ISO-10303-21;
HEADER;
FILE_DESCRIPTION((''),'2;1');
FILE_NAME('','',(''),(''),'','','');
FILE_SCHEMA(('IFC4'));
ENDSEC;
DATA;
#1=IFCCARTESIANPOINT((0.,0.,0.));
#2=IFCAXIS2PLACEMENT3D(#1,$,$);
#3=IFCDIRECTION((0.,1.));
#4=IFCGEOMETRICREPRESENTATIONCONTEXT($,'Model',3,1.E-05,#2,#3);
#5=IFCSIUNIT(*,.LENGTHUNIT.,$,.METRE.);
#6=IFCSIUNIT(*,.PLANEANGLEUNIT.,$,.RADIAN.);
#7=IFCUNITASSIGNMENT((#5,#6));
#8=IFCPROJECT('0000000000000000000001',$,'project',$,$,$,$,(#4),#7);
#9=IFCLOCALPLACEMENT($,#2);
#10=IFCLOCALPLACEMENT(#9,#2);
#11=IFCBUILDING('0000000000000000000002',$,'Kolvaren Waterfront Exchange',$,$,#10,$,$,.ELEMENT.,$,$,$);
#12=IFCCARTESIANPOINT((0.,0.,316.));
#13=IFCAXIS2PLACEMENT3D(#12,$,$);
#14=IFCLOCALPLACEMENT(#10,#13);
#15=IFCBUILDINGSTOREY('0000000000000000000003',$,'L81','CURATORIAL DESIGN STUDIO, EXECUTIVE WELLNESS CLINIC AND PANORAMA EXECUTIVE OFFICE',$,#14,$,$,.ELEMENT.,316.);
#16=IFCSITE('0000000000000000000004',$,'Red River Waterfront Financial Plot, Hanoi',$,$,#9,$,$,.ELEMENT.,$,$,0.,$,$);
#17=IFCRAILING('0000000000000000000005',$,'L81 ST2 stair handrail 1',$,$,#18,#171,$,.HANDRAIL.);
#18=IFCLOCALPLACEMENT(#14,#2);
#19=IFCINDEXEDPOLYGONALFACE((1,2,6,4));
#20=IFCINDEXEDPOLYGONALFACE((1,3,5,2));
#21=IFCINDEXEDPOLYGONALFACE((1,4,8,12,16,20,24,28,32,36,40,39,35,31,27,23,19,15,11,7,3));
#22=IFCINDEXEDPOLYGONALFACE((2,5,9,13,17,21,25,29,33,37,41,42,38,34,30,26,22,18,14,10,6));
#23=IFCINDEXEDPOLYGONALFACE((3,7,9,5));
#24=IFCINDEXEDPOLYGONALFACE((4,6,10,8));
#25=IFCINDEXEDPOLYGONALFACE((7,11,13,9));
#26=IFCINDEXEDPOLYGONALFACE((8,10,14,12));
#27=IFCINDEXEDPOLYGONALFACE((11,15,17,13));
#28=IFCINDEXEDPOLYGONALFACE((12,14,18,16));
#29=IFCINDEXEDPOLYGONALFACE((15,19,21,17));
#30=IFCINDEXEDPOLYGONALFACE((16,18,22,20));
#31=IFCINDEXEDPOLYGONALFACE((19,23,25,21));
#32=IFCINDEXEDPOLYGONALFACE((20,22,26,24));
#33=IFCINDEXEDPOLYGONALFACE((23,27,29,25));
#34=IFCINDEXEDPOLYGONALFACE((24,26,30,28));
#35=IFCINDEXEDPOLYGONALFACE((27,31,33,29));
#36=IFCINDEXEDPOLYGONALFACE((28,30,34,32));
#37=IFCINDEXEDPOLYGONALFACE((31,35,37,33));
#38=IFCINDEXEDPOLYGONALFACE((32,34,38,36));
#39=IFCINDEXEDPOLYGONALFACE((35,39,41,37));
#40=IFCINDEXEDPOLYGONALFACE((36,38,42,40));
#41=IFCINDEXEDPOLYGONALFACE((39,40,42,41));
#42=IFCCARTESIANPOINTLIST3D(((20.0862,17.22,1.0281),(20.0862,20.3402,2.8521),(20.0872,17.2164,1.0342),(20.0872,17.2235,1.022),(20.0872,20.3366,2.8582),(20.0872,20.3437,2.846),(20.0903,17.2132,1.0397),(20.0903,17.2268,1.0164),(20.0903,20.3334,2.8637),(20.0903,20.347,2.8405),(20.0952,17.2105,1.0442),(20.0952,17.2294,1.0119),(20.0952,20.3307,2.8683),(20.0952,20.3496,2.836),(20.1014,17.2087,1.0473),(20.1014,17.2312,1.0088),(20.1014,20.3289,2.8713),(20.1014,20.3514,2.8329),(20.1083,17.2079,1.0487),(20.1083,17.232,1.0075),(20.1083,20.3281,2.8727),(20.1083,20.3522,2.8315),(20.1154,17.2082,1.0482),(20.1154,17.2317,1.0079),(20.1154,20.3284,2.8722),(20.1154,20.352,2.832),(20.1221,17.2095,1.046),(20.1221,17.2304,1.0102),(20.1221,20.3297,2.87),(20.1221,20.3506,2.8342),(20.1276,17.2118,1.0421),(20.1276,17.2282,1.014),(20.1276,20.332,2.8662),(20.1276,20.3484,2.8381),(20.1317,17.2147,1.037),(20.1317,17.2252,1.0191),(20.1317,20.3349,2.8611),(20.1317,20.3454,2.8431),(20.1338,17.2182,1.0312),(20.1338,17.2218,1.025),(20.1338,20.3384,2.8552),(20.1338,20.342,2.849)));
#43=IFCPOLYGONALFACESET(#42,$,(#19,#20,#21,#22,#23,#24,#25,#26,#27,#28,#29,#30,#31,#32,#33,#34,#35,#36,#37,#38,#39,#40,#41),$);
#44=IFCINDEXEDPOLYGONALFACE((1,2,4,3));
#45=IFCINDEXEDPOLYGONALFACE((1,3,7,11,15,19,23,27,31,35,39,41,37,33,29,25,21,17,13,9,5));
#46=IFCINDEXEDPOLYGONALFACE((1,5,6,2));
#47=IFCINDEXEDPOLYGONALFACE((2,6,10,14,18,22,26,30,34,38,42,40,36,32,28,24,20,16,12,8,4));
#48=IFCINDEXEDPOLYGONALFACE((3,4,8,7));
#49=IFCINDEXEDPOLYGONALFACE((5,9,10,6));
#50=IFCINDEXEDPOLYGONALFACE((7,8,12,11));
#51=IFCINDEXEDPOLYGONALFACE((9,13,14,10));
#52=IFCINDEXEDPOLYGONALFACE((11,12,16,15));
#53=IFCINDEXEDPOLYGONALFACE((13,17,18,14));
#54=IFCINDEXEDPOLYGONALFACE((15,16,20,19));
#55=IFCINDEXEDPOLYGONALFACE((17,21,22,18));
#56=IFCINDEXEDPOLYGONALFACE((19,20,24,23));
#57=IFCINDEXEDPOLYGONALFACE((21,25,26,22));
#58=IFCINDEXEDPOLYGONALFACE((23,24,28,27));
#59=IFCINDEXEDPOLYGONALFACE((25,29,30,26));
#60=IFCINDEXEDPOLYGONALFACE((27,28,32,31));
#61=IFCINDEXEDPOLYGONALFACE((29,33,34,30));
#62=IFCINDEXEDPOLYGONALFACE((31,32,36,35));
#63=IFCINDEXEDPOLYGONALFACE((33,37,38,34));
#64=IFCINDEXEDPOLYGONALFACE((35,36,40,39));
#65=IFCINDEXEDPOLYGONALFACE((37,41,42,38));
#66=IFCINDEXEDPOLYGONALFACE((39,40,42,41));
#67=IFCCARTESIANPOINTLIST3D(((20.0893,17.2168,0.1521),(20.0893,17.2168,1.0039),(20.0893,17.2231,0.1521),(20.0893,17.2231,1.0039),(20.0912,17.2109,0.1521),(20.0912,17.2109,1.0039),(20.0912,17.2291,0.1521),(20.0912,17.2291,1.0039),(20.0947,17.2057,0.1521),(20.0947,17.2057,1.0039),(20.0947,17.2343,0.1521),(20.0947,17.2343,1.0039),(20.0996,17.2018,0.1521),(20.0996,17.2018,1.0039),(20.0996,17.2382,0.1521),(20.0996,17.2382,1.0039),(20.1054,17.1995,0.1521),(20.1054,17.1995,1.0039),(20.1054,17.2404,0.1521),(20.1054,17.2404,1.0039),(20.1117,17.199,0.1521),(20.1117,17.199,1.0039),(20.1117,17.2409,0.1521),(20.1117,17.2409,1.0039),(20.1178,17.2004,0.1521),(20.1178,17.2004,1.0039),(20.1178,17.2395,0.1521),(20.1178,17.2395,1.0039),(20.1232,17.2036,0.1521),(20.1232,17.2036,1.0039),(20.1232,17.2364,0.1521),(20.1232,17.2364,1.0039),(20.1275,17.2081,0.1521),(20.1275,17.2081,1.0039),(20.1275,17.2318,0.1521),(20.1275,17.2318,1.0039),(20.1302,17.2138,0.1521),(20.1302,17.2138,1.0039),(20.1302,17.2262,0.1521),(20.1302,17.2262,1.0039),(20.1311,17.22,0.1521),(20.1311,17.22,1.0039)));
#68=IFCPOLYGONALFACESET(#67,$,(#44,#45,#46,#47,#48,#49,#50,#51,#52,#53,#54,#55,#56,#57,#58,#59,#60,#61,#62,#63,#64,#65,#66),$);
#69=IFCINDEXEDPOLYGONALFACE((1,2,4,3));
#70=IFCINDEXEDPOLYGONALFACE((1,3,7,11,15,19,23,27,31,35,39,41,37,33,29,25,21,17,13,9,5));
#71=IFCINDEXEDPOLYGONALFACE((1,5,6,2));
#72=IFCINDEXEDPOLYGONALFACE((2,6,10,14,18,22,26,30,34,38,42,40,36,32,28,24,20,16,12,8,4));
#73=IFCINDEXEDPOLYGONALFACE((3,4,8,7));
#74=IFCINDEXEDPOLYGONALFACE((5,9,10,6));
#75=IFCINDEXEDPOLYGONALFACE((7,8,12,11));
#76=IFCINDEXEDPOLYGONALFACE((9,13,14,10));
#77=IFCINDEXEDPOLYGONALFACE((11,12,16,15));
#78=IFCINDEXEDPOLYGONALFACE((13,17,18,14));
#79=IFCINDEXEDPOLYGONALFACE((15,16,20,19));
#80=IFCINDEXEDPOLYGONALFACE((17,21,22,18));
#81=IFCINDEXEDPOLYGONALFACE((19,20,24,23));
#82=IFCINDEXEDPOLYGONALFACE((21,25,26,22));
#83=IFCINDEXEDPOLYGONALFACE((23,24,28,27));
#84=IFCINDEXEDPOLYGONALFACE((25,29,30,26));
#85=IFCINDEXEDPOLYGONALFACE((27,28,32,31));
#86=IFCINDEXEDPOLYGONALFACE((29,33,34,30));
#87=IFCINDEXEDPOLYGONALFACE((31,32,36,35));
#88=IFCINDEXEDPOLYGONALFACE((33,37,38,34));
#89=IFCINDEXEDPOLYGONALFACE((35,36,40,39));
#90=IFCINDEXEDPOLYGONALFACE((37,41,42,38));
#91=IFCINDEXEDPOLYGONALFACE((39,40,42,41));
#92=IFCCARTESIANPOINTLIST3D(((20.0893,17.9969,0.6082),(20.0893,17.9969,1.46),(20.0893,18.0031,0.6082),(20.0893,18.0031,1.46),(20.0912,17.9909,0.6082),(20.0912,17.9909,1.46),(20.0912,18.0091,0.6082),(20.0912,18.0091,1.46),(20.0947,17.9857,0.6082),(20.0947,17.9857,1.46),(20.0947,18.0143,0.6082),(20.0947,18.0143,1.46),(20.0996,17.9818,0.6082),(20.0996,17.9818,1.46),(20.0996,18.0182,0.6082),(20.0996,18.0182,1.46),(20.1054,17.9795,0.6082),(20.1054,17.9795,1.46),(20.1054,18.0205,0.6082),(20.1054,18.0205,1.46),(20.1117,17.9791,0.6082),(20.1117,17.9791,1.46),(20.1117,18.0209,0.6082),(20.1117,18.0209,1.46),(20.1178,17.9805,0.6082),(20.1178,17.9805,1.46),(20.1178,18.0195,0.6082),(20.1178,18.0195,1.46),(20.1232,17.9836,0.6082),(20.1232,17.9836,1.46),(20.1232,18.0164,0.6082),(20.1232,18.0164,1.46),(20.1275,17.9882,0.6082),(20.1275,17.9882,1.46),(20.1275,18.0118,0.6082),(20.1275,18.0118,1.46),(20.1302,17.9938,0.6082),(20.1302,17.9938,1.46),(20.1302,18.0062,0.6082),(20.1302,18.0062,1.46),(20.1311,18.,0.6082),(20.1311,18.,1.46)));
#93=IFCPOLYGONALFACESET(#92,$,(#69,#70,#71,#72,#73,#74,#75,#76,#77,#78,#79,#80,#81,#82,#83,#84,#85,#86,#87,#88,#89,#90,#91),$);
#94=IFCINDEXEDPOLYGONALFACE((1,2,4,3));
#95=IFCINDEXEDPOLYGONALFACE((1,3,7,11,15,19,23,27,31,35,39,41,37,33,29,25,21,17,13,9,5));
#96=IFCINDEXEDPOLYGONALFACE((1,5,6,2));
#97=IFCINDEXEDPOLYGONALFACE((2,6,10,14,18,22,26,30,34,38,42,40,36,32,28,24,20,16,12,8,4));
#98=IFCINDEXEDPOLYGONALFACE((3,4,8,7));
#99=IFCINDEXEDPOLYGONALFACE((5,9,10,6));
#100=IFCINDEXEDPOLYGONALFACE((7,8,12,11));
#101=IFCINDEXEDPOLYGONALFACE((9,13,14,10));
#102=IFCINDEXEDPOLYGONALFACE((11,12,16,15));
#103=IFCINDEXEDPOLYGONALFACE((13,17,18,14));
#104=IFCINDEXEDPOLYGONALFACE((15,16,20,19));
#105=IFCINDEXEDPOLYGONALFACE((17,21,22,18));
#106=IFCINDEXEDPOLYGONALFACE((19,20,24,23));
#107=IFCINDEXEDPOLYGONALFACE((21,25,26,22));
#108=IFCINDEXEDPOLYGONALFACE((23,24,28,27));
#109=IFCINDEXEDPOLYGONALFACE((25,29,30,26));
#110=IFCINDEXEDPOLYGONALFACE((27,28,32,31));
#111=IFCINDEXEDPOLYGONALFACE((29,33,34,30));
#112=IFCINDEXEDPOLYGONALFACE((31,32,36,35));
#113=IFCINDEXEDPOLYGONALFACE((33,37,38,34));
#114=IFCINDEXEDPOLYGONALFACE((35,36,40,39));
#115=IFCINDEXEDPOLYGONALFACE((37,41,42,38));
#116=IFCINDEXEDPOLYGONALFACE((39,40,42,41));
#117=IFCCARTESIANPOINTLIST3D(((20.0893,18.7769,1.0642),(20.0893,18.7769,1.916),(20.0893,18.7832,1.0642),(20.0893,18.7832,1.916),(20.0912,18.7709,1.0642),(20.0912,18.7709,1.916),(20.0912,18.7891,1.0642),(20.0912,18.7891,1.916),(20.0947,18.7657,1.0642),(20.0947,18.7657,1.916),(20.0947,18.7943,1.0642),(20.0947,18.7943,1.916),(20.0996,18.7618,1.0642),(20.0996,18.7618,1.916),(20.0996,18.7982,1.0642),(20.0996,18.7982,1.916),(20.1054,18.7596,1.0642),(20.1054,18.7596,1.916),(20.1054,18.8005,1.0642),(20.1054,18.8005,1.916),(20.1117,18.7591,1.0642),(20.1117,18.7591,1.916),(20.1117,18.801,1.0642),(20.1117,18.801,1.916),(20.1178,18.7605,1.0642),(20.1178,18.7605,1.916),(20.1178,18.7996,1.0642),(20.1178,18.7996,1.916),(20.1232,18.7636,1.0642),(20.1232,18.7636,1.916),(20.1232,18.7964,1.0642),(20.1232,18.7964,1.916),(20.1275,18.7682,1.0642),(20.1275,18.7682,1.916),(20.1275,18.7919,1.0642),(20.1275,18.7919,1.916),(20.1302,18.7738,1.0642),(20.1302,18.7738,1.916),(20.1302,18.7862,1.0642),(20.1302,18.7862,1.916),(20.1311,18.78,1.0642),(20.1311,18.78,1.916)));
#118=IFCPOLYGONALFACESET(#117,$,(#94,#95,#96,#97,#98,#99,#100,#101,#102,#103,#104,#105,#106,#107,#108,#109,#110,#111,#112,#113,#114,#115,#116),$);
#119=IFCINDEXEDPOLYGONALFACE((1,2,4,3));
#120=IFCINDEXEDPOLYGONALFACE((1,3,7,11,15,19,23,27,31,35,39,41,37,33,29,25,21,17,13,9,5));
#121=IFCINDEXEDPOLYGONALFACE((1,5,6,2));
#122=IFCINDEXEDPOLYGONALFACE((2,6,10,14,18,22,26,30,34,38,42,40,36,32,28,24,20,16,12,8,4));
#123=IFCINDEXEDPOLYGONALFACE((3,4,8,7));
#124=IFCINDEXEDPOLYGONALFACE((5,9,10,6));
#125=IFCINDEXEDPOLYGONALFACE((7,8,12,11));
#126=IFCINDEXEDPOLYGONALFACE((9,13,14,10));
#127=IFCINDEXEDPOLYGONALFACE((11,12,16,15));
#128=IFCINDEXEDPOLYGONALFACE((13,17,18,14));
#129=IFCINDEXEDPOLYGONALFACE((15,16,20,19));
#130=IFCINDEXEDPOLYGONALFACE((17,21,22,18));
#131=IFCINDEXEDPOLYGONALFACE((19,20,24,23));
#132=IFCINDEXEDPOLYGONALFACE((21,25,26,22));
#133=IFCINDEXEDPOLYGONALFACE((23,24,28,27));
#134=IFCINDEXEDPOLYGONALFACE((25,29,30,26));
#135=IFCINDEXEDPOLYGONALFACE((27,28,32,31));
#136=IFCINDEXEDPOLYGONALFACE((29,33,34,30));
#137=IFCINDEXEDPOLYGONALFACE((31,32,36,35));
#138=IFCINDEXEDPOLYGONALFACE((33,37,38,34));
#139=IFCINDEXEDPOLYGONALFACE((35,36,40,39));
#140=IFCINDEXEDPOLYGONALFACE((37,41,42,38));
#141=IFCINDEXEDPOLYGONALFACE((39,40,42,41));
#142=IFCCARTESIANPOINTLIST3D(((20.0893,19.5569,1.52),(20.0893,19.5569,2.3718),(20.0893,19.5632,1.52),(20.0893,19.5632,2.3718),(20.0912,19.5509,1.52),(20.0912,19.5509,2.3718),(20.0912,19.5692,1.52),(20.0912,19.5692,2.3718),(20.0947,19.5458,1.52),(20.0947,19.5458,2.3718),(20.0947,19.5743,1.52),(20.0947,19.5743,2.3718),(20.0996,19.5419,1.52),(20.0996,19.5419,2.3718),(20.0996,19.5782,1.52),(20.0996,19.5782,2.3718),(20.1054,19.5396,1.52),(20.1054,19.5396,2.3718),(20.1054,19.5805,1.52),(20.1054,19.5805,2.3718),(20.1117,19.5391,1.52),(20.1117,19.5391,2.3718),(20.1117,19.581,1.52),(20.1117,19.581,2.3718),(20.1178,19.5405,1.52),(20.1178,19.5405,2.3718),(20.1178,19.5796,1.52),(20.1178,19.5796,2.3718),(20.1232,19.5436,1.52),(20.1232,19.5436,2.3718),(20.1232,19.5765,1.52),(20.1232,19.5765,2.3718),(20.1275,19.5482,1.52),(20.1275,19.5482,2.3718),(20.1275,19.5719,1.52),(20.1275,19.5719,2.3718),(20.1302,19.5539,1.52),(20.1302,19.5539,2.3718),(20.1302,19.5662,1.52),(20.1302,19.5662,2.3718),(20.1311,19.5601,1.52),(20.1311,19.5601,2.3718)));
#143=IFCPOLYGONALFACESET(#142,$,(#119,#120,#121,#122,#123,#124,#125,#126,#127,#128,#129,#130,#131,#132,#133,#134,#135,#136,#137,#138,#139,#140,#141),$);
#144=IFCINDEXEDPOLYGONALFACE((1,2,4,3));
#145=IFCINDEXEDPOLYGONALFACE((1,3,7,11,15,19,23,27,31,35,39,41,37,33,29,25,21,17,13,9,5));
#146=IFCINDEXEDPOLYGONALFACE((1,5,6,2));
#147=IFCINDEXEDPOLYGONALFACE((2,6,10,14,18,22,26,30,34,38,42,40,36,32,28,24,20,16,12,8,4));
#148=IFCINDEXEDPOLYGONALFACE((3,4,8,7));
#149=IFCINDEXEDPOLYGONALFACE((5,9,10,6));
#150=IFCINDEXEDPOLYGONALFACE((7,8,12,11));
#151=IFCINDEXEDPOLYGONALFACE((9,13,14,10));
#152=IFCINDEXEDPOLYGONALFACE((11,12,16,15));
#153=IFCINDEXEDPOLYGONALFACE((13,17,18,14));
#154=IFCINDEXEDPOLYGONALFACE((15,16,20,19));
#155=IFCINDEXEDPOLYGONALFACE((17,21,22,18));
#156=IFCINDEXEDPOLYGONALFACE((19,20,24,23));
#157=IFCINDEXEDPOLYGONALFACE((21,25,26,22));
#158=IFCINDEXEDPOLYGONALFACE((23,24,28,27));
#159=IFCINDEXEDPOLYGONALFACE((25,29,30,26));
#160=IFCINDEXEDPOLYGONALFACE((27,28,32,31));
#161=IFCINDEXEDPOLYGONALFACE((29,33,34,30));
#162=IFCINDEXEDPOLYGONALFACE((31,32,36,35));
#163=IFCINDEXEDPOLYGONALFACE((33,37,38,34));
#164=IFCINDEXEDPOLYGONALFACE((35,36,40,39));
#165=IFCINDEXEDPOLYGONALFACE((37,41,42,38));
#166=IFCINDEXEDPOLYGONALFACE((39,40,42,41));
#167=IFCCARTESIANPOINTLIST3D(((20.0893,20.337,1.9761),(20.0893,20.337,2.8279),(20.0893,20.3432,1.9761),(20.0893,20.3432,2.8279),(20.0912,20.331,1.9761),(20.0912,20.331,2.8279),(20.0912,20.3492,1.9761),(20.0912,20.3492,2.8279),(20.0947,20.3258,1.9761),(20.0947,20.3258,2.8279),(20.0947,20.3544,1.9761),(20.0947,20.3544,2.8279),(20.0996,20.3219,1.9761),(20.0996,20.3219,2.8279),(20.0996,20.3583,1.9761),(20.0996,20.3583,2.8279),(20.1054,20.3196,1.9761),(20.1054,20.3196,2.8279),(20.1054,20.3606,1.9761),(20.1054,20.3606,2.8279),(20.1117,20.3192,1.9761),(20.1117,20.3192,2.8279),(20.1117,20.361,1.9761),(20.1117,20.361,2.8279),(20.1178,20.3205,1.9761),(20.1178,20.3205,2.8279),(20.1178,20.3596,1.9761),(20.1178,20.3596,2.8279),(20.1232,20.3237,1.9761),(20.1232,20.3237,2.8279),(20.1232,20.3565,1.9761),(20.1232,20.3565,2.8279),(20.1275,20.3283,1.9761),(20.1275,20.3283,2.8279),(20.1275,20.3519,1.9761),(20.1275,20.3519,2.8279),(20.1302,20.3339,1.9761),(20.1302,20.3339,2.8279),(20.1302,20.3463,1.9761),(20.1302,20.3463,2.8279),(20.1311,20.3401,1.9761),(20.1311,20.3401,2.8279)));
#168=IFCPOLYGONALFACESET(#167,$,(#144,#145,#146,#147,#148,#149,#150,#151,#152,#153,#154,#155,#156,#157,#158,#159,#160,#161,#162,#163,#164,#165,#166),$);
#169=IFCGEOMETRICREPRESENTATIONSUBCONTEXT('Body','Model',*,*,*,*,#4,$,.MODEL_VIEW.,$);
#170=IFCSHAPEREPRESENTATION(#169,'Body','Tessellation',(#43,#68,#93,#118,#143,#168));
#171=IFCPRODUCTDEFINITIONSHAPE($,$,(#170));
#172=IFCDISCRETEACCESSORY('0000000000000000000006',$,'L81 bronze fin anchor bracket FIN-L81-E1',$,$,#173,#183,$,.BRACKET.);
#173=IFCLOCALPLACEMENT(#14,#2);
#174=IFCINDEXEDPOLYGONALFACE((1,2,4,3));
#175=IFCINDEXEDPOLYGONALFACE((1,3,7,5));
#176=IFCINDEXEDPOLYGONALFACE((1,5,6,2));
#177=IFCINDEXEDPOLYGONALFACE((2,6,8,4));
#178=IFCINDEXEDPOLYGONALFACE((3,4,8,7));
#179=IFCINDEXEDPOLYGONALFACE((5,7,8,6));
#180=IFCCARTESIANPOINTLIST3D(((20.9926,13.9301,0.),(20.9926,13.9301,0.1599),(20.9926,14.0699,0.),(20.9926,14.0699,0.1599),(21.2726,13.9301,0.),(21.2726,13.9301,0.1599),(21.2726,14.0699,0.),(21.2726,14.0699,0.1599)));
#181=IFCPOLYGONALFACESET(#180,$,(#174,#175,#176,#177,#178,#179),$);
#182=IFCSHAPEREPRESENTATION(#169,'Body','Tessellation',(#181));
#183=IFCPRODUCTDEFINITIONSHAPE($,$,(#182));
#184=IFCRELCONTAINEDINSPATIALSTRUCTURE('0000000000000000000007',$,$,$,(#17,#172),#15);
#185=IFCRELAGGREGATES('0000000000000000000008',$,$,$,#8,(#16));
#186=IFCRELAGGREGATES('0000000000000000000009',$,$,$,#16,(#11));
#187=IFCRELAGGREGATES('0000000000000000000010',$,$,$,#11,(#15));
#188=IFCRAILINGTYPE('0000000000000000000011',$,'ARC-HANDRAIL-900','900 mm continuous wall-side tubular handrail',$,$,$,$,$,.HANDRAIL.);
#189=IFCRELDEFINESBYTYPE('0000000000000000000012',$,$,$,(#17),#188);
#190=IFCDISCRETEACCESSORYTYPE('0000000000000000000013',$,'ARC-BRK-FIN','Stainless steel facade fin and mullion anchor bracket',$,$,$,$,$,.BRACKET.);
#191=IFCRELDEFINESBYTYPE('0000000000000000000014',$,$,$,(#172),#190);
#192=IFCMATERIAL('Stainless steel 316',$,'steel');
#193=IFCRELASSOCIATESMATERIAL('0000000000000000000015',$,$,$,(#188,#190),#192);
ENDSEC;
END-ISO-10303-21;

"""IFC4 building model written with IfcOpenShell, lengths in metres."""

from ifc_helpers import new_model, si_unit, direction, frame, origin, origin_with_axes, origin_2d, place, context, subcontext, project, spatial, rectangle, circle, extrude, source, transform, mapped, material, type_object, element, save


model = new_model("IFC4")

# Units and contexts
model_context = context("Model", 3, precision=1e-05, world=origin(), true_north=direction((0.0, 1.0)))
body_context = subcontext(model_context, "Body", "Model", "MODEL_VIEW")
ifc_project = project(units=[si_unit("LENGTHUNIT", "METRE"), si_unit("PLANEANGLEUNIT", "RADIAN")], contexts=[model_context])

# Site, building, storey
site_placement = place(None, origin())
site = spatial("IfcSite", under=ifc_project, at=site_placement, Name="Red River Waterfront Financial Plot, Hanoi", CompositionType="ELEMENT", RefElevation=0.0)
building_placement = place(site_placement, origin())
building = spatial("IfcBuilding", under=site, at=building_placement, Name="Kolvaren Waterfront Exchange", CompositionType="ELEMENT")
storey_placement = place(building_placement, frame((0.0, 0.0, 316.0)))
storey = spatial("IfcBuildingStorey", under=building, at=storey_placement, Name="L81", Description="CURATORIAL DESIGN STUDIO, EXECUTIVE WELLNESS CLINIC AND PANORAMA EXECUTIVE OFFICE", CompositionType="ELEMENT", Elevation=316.0)

# Railing
ifc_material_1 = material(Name="Stainless steel 316", Category="steel")
railing_type_1 = type_object("IfcRailingType", Name="ARC-HANDRAIL-900", Description="900 mm continuous wall-side tubular handrail", PredefinedType="HANDRAIL", material=ifc_material_1)
railing_1_placement = place(storey_placement, frame((20.1101, 17.22, 0.1521)))
element("IfcRailing", 1, at=railing_1_placement, inside=storey, type_object=railing_type_1, Name="L81 ST2 stair handrail 1", PredefinedType="HANDRAIL", context=body_context, shape_type="SweptSolid", body=[
    extrude(circle(Radius=0.0239, at=origin_2d()), frame((0.0, 0.0, 0.876), z_axis=(0.0, 0.863308, 0.504677), x_axis=(-1.0, 0.0, 0.0)), (0.0, 0.0, 1.0), 3.6143),
    extrude(circle(Radius=0.021, at=origin_2d()), origin(), (0.0, 0.0, 1.0), 0.8518),
    extrude(circle(Radius=0.021, at=origin_2d()), frame((0.0, 0.78, 0.4561)), (0.0, 0.0, 1.0), 0.8518),
    extrude(circle(Radius=0.021, at=origin_2d()), frame((0.0, 1.5601, 0.9121)), (0.0, 0.0, 1.0), 0.8518),
    extrude(circle(Radius=0.021, at=origin_2d()), frame((0.0, 2.3401, 1.3679)), (0.0, 0.0, 1.0), 0.8518),
    extrude(circle(Radius=0.021, at=origin_2d()), frame((0.0, 3.1201, 1.824)), (0.0, 0.0, 1.0), 0.8518),
])

# Discrete accessory
discrete_accessory_type = type_object("IfcDiscreteAccessoryType", Name="ARC-BRK-FIN", Description="Stainless steel facade fin and mullion anchor bracket", PredefinedType="BRACKET", material=ifc_material_1)
shared_shape = source(origin_with_axes(), body_context, "Body", "SweptSolid", [
    extrude(rectangle(XDim=0.28, YDim=0.1399, at=origin_2d()), origin(), (0.0, 0.0, 1.0), 0.1599),
])
discrete_accessory_placement = place(storey_placement, frame((21.1326, 14.0, 0.0), z_axis=(0.0, 0.0, 1.0), x_axis=(1.0, 0.0, 0.0)))
element("IfcDiscreteAccessory", 2, at=discrete_accessory_placement, inside=storey, type_object=discrete_accessory_type, Name="L81 bronze fin anchor bracket FIN-L81-E1", PredefinedType="BRACKET", context=body_context, shape_type="MappedRepresentation", body=[
    mapped(shared_shape, transform((0.0, 0.0, 0.0), x_axis=(1.0, 0.0, 0.0), y_axis=(0.0, 1.0, 0.0), z_axis=(0.0, 0.0, 1.0), scale=1.0)),
])

save(model, "model.ifc")
